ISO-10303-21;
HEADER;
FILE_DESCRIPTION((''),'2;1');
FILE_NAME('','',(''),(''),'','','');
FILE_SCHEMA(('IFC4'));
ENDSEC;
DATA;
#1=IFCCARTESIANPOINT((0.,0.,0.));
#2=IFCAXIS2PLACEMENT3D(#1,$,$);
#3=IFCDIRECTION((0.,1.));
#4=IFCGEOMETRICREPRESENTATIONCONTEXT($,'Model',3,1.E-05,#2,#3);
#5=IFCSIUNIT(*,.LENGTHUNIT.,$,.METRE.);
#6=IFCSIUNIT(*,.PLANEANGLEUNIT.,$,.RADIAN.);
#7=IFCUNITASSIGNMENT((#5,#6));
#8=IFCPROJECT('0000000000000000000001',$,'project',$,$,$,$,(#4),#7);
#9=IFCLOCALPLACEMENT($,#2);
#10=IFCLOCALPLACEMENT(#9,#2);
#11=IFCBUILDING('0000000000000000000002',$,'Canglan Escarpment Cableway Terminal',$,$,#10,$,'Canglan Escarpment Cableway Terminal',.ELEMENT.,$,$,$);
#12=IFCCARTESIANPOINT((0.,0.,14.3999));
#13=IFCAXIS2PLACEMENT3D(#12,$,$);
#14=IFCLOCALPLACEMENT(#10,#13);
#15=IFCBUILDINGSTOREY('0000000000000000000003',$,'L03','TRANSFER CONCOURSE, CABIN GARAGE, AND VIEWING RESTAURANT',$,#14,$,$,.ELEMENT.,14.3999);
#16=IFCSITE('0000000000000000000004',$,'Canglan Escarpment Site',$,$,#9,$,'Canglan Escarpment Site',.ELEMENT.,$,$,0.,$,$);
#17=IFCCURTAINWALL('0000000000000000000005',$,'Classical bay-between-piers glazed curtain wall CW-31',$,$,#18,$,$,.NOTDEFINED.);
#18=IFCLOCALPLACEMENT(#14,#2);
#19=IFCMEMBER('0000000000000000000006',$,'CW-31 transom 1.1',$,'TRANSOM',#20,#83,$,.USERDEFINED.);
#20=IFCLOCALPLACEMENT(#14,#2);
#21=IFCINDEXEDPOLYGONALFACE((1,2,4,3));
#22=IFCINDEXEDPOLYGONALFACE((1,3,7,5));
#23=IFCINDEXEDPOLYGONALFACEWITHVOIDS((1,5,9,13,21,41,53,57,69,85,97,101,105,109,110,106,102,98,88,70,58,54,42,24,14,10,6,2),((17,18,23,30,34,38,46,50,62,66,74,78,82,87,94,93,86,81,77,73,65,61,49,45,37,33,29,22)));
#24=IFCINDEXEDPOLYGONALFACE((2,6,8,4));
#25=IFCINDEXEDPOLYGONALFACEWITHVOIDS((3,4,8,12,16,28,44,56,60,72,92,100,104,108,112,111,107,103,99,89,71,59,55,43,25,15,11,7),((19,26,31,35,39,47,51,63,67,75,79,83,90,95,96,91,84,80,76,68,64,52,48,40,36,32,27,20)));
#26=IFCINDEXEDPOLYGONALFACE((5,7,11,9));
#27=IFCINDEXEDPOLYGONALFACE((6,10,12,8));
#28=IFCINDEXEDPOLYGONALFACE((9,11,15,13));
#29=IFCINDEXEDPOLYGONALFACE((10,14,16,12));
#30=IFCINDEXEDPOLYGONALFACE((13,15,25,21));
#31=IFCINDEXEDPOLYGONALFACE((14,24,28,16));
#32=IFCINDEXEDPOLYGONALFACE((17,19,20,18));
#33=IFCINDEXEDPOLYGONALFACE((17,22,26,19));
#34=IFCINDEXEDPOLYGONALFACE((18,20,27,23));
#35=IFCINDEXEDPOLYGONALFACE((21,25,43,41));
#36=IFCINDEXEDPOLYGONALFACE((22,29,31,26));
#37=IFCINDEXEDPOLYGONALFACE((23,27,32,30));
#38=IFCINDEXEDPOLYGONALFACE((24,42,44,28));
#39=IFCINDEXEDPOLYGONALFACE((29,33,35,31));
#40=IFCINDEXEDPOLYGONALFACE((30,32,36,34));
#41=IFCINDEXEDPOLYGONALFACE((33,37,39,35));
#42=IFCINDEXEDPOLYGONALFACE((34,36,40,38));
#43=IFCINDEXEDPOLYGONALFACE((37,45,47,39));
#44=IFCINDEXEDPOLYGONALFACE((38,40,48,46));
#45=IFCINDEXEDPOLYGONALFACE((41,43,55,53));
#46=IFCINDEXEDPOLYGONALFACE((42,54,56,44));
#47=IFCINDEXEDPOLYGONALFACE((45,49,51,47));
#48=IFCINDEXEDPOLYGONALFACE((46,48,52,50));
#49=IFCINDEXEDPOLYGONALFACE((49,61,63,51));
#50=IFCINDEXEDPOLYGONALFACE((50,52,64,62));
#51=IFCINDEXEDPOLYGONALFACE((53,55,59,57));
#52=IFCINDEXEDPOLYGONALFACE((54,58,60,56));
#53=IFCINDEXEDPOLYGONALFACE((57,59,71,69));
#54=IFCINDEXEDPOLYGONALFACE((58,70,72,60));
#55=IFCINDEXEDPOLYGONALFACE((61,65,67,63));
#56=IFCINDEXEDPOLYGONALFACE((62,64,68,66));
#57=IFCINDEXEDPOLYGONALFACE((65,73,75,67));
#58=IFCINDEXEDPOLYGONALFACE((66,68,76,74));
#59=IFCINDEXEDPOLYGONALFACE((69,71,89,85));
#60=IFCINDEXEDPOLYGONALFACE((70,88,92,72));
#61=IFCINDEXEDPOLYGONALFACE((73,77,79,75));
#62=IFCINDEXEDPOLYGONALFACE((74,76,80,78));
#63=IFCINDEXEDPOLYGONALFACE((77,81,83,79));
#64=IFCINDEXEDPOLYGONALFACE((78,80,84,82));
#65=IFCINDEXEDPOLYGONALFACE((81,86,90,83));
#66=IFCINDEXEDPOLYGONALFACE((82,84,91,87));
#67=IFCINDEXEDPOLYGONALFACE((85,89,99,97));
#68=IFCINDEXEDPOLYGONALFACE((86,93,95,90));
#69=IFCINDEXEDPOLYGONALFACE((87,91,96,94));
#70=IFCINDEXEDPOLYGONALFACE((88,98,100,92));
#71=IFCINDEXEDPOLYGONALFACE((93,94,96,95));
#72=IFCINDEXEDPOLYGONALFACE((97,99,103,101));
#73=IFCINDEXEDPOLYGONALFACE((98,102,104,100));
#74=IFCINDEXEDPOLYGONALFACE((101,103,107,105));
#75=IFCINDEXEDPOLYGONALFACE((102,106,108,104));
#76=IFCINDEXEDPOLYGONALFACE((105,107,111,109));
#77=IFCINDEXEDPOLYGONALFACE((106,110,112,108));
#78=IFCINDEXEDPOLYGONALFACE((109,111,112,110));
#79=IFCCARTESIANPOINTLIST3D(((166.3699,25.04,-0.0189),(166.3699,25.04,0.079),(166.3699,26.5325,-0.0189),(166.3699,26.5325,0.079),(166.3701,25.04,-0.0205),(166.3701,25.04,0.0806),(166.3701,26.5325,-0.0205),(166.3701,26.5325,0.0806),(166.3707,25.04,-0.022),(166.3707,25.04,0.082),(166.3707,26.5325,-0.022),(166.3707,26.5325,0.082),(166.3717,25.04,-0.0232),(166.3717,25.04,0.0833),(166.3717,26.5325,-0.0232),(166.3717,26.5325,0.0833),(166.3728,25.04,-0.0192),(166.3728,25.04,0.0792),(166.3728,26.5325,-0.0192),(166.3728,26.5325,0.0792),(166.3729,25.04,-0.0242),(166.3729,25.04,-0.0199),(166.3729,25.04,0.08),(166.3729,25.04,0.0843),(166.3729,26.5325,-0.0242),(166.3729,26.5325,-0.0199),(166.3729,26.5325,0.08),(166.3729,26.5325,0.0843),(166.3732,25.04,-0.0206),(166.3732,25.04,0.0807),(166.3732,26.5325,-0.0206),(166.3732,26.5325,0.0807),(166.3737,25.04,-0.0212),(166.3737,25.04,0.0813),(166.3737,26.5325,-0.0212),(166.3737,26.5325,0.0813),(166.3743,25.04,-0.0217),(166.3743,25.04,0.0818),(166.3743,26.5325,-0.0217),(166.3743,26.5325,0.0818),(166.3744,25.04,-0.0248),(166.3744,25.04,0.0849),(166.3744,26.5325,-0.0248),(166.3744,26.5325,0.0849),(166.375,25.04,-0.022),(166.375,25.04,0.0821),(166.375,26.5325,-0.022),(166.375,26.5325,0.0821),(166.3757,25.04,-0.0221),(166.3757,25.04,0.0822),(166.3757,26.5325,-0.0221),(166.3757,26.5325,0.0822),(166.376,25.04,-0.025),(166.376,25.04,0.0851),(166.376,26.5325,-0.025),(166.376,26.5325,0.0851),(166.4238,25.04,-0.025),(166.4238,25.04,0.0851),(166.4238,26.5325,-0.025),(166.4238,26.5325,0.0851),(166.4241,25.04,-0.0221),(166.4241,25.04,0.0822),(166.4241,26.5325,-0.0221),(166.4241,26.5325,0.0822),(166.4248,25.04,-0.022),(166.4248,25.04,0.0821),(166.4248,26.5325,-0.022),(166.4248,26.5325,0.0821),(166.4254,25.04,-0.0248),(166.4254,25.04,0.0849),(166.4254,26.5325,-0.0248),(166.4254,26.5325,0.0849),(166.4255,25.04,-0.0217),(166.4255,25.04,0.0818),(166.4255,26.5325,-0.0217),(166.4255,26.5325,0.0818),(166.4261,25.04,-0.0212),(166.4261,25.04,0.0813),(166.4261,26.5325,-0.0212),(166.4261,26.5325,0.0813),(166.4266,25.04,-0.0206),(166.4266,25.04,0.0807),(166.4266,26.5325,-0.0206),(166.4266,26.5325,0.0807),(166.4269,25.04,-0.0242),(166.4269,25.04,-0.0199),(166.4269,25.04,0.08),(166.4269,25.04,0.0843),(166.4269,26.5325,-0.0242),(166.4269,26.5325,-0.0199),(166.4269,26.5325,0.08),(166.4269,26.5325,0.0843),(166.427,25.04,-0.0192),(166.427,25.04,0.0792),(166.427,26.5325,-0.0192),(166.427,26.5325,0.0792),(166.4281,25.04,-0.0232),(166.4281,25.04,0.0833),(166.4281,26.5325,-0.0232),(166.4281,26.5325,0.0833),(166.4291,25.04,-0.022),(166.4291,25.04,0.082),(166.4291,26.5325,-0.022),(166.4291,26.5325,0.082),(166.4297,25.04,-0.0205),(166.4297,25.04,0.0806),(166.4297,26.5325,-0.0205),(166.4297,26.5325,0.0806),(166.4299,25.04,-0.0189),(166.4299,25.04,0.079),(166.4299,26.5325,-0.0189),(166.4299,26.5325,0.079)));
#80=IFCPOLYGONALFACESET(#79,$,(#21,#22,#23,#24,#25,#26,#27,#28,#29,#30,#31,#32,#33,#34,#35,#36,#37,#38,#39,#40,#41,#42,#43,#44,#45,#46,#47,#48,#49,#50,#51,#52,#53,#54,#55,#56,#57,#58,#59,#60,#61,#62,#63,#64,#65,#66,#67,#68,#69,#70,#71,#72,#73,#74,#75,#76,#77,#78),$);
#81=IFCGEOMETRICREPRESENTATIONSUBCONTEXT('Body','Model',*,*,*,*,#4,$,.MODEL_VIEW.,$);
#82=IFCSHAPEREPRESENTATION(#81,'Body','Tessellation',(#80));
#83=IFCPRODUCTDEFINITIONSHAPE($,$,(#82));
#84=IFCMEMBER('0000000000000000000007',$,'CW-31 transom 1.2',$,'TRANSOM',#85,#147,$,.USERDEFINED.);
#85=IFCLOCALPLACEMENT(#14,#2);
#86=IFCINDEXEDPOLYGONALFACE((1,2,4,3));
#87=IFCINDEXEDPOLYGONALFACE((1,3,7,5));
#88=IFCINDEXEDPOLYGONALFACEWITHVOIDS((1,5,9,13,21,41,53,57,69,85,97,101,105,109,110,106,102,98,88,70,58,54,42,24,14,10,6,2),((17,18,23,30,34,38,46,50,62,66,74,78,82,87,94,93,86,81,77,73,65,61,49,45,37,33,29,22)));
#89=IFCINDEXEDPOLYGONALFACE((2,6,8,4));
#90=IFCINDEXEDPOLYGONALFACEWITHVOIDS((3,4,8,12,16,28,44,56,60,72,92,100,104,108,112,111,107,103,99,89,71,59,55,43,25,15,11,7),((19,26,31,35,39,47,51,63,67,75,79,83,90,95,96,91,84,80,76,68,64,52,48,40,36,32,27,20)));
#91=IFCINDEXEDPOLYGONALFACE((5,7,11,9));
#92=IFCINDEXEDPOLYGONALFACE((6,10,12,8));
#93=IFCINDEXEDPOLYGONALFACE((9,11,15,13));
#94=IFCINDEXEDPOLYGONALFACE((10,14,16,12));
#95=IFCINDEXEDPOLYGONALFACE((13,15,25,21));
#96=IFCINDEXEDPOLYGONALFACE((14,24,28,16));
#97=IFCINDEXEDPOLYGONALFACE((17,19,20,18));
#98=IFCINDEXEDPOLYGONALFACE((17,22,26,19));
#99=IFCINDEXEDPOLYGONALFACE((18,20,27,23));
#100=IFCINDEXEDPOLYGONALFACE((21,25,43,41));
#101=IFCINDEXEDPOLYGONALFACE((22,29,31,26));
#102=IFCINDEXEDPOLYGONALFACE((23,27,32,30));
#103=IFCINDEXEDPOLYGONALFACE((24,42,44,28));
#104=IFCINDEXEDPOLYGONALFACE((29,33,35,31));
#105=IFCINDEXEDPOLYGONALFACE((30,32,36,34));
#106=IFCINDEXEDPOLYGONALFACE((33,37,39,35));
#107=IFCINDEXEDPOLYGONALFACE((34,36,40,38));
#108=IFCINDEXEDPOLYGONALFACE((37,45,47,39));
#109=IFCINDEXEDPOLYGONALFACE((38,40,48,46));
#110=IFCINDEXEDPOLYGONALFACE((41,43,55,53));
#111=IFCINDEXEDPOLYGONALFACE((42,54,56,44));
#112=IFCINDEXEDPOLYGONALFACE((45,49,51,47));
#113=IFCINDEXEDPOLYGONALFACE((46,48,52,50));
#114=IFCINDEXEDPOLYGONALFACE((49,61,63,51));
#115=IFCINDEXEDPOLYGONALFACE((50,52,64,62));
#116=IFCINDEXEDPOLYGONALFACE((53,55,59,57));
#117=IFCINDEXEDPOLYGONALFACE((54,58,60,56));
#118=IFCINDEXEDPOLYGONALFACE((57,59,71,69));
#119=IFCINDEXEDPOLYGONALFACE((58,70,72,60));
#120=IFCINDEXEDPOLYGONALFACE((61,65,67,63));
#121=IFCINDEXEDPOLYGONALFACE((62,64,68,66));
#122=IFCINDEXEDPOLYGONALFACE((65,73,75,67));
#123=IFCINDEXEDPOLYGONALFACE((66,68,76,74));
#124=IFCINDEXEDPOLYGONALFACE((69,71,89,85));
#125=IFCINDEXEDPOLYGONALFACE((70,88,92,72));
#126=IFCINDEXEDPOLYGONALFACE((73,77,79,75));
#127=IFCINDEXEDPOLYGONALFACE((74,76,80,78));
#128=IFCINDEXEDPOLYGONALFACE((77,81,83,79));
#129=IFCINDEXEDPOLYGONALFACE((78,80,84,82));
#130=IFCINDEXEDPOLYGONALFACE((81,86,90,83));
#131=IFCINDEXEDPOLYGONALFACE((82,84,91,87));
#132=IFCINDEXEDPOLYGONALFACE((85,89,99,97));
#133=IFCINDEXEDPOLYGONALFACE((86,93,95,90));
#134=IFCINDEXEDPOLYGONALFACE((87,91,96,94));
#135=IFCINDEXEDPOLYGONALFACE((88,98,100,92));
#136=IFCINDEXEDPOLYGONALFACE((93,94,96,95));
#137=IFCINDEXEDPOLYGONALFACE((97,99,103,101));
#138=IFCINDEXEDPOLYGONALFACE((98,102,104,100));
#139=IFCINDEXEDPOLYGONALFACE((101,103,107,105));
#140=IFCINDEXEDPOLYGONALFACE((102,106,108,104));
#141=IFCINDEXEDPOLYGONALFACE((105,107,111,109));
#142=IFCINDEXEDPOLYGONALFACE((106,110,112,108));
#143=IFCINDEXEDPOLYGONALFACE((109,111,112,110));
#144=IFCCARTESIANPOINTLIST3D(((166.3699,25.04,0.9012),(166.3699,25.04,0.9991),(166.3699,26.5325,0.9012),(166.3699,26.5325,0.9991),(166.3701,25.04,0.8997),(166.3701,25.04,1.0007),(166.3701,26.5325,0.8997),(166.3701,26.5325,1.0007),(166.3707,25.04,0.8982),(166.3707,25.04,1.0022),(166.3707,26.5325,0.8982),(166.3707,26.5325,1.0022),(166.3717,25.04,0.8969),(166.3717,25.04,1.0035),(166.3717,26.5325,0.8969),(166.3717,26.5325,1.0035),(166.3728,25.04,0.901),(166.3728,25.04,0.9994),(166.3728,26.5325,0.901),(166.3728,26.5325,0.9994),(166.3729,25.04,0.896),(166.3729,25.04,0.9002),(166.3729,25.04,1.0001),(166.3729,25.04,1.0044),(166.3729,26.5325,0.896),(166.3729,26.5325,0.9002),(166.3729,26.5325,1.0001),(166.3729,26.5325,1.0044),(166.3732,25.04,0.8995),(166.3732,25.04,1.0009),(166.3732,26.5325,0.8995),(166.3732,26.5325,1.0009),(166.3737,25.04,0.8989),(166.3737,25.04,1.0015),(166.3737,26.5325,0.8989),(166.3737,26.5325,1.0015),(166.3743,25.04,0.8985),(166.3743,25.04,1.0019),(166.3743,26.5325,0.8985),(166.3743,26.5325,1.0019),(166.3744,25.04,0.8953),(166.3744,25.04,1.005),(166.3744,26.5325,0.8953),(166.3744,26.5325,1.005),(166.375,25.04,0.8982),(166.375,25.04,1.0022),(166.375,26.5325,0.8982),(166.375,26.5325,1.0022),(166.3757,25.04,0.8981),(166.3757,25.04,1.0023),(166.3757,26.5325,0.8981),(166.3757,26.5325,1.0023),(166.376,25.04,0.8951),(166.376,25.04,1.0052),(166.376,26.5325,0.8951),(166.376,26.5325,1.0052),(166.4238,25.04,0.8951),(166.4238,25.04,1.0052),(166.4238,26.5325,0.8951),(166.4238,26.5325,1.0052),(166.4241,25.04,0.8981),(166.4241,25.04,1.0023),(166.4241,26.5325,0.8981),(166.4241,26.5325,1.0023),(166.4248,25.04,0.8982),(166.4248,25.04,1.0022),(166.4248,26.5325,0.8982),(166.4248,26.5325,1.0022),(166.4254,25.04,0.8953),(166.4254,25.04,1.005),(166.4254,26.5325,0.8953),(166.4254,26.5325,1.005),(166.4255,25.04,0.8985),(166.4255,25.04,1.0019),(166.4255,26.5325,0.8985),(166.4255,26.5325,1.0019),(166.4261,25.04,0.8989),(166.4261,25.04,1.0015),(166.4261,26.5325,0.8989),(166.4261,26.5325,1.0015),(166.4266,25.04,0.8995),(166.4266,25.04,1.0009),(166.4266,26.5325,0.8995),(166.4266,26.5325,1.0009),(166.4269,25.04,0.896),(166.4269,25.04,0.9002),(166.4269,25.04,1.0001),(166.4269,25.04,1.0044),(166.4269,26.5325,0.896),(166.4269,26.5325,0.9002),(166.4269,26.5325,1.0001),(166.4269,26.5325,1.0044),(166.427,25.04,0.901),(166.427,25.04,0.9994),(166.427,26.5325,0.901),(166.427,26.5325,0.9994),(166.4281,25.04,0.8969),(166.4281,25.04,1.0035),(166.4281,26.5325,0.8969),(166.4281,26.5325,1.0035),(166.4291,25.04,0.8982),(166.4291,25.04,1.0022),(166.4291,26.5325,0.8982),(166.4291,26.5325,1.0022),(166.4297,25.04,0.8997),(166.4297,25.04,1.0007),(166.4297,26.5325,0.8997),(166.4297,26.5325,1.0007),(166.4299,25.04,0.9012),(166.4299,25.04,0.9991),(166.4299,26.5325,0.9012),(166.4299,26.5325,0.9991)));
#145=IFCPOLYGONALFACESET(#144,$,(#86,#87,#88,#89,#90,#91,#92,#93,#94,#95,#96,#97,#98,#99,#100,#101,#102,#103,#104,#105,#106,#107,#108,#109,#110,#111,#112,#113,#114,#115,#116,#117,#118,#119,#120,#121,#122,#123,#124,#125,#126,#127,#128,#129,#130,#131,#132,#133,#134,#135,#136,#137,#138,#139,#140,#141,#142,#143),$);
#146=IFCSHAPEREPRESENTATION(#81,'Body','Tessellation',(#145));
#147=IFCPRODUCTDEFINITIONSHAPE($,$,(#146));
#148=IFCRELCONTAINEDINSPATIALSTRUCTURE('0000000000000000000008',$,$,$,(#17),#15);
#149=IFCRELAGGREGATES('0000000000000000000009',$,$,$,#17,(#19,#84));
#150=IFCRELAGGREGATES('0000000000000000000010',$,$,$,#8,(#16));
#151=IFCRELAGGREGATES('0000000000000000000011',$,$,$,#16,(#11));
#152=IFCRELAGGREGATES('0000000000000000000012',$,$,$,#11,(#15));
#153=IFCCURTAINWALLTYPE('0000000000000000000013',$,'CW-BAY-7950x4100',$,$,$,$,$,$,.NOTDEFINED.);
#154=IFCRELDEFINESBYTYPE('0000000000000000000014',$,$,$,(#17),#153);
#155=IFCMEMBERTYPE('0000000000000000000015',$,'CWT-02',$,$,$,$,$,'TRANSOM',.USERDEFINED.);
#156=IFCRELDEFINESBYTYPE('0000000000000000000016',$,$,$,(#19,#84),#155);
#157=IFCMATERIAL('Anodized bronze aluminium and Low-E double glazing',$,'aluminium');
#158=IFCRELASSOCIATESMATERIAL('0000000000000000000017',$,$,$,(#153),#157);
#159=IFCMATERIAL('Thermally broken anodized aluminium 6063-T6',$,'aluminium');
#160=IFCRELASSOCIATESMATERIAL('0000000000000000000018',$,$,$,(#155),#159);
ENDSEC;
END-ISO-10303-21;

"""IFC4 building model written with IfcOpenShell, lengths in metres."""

from ifc_helpers import new_model, si_unit, direction, frame, origin, origin_2d, place, context, subcontext, project, spatial, hollow_rectangle, extrude, material, material_profile, profile_set, type_object, element, aggregate, save


model = new_model("IFC4")

# Units and contexts
model_context = context("Model", 3, precision=1e-05, world=origin(), true_north=direction((0.0, 1.0)))
body_context = subcontext(model_context, "Body", "Model", "MODEL_VIEW")
ifc_project = project(units=[si_unit("LENGTHUNIT", "METRE"), si_unit("PLANEANGLEUNIT", "RADIAN")], contexts=[model_context])

# Site, building, storey
site_placement = place(None, origin())
site = spatial("IfcSite", under=ifc_project, at=site_placement, Name="Canglan Escarpment Site", LongName="Canglan Escarpment Site", CompositionType="ELEMENT", RefElevation=0.0)
building_placement = place(site_placement, origin())
building = spatial("IfcBuilding", under=site, at=building_placement, Name="Canglan Escarpment Cableway Terminal", LongName="Canglan Escarpment Cableway Terminal", CompositionType="ELEMENT")
storey_placement = place(building_placement, frame((0.0, 0.0, 14.3999)))
storey = spatial("IfcBuildingStorey", under=building, at=storey_placement, Name="L03", Description="TRANSFER CONCOURSE, CABIN GARAGE, AND VIEWING RESTAURANT", CompositionType="ELEMENT", Elevation=14.3999)

# Curtain wall, members
ifc_material_1 = material(Name="Anodized bronze aluminium and Low-E double glazing", Category="aluminium")
curtain_wall_type = type_object("IfcCurtainWallType", Name="CW-BAY-7950x4100", PredefinedType="NOTDEFINED", material=ifc_material_1)
curtain_wall_placement = place(storey_placement, origin())
curtain_wall = element("IfcCurtainWall", 1, at=curtain_wall_placement, inside=storey, type_object=curtain_wall_type, Name="Classical bay-between-piers glazed curtain wall CW-31", PredefinedType="NOTDEFINED")
ifc_material_2 = material(Name="Thermally broken anodized aluminium 6063-T6", Category="aluminium")
ifc_material_profile_1 = material_profile(ifc_material_2, hollow_rectangle(XDim=0.0601, YDim=0.1101, WallThickness=0.0029, InnerFilletRadius=0.0029, OuterFilletRadius=0.0061, at=origin_2d()), Name="ALU-TRAN 60x110x3")
ifc_profile_set_1 = profile_set([ifc_material_profile_1], Name="Thermally broken anodized aluminium 6063-T6")
member_type_1 = type_object("IfcMemberType", Name="CWT-02", ElementType="TRANSOM", PredefinedType="USERDEFINED", material=ifc_profile_set_1)
member_1_placement = place(storey_placement, frame((166.3999, 25.04, 0.03), z_axis=(0.0, 1.0, 0.0), x_axis=(-1.0, 0.0, 0.0)))
member_1 = element("IfcMember", 2, at=member_1_placement, type_object=member_type_1, Name="CW-31 transom 1.1", ObjectType="TRANSOM", PredefinedType="USERDEFINED", context=body_context, shape_type="SweptSolid", body=[
    extrude(hollow_rectangle(XDim=0.0601, YDim=0.1101, WallThickness=0.0029, InnerFilletRadius=0.0029, OuterFilletRadius=0.0061, at=origin_2d()), origin(), (0.0, 0.0, 1.0), 1.4924),
])
member_2_placement = place(storey_placement, frame((166.3999, 25.04, 0.9502), z_axis=(0.0, 1.0, 0.0), x_axis=(-1.0, 0.0, 0.0)))
member_2 = element("IfcMember", 3, at=member_2_placement, type_object=member_type_1, Name="CW-31 transom 1.2", ObjectType="TRANSOM", PredefinedType="USERDEFINED", context=body_context, shape_type="SweptSolid", body=[
    extrude(hollow_rectangle(XDim=0.0601, YDim=0.1101, WallThickness=0.0029, InnerFilletRadius=0.0029, OuterFilletRadius=0.0061, at=origin_2d()), origin(), (0.0, 0.0, 1.0), 1.4924),
])

aggregate(curtain_wall, [member_1, member_2])

save(model, "model.ifc")
